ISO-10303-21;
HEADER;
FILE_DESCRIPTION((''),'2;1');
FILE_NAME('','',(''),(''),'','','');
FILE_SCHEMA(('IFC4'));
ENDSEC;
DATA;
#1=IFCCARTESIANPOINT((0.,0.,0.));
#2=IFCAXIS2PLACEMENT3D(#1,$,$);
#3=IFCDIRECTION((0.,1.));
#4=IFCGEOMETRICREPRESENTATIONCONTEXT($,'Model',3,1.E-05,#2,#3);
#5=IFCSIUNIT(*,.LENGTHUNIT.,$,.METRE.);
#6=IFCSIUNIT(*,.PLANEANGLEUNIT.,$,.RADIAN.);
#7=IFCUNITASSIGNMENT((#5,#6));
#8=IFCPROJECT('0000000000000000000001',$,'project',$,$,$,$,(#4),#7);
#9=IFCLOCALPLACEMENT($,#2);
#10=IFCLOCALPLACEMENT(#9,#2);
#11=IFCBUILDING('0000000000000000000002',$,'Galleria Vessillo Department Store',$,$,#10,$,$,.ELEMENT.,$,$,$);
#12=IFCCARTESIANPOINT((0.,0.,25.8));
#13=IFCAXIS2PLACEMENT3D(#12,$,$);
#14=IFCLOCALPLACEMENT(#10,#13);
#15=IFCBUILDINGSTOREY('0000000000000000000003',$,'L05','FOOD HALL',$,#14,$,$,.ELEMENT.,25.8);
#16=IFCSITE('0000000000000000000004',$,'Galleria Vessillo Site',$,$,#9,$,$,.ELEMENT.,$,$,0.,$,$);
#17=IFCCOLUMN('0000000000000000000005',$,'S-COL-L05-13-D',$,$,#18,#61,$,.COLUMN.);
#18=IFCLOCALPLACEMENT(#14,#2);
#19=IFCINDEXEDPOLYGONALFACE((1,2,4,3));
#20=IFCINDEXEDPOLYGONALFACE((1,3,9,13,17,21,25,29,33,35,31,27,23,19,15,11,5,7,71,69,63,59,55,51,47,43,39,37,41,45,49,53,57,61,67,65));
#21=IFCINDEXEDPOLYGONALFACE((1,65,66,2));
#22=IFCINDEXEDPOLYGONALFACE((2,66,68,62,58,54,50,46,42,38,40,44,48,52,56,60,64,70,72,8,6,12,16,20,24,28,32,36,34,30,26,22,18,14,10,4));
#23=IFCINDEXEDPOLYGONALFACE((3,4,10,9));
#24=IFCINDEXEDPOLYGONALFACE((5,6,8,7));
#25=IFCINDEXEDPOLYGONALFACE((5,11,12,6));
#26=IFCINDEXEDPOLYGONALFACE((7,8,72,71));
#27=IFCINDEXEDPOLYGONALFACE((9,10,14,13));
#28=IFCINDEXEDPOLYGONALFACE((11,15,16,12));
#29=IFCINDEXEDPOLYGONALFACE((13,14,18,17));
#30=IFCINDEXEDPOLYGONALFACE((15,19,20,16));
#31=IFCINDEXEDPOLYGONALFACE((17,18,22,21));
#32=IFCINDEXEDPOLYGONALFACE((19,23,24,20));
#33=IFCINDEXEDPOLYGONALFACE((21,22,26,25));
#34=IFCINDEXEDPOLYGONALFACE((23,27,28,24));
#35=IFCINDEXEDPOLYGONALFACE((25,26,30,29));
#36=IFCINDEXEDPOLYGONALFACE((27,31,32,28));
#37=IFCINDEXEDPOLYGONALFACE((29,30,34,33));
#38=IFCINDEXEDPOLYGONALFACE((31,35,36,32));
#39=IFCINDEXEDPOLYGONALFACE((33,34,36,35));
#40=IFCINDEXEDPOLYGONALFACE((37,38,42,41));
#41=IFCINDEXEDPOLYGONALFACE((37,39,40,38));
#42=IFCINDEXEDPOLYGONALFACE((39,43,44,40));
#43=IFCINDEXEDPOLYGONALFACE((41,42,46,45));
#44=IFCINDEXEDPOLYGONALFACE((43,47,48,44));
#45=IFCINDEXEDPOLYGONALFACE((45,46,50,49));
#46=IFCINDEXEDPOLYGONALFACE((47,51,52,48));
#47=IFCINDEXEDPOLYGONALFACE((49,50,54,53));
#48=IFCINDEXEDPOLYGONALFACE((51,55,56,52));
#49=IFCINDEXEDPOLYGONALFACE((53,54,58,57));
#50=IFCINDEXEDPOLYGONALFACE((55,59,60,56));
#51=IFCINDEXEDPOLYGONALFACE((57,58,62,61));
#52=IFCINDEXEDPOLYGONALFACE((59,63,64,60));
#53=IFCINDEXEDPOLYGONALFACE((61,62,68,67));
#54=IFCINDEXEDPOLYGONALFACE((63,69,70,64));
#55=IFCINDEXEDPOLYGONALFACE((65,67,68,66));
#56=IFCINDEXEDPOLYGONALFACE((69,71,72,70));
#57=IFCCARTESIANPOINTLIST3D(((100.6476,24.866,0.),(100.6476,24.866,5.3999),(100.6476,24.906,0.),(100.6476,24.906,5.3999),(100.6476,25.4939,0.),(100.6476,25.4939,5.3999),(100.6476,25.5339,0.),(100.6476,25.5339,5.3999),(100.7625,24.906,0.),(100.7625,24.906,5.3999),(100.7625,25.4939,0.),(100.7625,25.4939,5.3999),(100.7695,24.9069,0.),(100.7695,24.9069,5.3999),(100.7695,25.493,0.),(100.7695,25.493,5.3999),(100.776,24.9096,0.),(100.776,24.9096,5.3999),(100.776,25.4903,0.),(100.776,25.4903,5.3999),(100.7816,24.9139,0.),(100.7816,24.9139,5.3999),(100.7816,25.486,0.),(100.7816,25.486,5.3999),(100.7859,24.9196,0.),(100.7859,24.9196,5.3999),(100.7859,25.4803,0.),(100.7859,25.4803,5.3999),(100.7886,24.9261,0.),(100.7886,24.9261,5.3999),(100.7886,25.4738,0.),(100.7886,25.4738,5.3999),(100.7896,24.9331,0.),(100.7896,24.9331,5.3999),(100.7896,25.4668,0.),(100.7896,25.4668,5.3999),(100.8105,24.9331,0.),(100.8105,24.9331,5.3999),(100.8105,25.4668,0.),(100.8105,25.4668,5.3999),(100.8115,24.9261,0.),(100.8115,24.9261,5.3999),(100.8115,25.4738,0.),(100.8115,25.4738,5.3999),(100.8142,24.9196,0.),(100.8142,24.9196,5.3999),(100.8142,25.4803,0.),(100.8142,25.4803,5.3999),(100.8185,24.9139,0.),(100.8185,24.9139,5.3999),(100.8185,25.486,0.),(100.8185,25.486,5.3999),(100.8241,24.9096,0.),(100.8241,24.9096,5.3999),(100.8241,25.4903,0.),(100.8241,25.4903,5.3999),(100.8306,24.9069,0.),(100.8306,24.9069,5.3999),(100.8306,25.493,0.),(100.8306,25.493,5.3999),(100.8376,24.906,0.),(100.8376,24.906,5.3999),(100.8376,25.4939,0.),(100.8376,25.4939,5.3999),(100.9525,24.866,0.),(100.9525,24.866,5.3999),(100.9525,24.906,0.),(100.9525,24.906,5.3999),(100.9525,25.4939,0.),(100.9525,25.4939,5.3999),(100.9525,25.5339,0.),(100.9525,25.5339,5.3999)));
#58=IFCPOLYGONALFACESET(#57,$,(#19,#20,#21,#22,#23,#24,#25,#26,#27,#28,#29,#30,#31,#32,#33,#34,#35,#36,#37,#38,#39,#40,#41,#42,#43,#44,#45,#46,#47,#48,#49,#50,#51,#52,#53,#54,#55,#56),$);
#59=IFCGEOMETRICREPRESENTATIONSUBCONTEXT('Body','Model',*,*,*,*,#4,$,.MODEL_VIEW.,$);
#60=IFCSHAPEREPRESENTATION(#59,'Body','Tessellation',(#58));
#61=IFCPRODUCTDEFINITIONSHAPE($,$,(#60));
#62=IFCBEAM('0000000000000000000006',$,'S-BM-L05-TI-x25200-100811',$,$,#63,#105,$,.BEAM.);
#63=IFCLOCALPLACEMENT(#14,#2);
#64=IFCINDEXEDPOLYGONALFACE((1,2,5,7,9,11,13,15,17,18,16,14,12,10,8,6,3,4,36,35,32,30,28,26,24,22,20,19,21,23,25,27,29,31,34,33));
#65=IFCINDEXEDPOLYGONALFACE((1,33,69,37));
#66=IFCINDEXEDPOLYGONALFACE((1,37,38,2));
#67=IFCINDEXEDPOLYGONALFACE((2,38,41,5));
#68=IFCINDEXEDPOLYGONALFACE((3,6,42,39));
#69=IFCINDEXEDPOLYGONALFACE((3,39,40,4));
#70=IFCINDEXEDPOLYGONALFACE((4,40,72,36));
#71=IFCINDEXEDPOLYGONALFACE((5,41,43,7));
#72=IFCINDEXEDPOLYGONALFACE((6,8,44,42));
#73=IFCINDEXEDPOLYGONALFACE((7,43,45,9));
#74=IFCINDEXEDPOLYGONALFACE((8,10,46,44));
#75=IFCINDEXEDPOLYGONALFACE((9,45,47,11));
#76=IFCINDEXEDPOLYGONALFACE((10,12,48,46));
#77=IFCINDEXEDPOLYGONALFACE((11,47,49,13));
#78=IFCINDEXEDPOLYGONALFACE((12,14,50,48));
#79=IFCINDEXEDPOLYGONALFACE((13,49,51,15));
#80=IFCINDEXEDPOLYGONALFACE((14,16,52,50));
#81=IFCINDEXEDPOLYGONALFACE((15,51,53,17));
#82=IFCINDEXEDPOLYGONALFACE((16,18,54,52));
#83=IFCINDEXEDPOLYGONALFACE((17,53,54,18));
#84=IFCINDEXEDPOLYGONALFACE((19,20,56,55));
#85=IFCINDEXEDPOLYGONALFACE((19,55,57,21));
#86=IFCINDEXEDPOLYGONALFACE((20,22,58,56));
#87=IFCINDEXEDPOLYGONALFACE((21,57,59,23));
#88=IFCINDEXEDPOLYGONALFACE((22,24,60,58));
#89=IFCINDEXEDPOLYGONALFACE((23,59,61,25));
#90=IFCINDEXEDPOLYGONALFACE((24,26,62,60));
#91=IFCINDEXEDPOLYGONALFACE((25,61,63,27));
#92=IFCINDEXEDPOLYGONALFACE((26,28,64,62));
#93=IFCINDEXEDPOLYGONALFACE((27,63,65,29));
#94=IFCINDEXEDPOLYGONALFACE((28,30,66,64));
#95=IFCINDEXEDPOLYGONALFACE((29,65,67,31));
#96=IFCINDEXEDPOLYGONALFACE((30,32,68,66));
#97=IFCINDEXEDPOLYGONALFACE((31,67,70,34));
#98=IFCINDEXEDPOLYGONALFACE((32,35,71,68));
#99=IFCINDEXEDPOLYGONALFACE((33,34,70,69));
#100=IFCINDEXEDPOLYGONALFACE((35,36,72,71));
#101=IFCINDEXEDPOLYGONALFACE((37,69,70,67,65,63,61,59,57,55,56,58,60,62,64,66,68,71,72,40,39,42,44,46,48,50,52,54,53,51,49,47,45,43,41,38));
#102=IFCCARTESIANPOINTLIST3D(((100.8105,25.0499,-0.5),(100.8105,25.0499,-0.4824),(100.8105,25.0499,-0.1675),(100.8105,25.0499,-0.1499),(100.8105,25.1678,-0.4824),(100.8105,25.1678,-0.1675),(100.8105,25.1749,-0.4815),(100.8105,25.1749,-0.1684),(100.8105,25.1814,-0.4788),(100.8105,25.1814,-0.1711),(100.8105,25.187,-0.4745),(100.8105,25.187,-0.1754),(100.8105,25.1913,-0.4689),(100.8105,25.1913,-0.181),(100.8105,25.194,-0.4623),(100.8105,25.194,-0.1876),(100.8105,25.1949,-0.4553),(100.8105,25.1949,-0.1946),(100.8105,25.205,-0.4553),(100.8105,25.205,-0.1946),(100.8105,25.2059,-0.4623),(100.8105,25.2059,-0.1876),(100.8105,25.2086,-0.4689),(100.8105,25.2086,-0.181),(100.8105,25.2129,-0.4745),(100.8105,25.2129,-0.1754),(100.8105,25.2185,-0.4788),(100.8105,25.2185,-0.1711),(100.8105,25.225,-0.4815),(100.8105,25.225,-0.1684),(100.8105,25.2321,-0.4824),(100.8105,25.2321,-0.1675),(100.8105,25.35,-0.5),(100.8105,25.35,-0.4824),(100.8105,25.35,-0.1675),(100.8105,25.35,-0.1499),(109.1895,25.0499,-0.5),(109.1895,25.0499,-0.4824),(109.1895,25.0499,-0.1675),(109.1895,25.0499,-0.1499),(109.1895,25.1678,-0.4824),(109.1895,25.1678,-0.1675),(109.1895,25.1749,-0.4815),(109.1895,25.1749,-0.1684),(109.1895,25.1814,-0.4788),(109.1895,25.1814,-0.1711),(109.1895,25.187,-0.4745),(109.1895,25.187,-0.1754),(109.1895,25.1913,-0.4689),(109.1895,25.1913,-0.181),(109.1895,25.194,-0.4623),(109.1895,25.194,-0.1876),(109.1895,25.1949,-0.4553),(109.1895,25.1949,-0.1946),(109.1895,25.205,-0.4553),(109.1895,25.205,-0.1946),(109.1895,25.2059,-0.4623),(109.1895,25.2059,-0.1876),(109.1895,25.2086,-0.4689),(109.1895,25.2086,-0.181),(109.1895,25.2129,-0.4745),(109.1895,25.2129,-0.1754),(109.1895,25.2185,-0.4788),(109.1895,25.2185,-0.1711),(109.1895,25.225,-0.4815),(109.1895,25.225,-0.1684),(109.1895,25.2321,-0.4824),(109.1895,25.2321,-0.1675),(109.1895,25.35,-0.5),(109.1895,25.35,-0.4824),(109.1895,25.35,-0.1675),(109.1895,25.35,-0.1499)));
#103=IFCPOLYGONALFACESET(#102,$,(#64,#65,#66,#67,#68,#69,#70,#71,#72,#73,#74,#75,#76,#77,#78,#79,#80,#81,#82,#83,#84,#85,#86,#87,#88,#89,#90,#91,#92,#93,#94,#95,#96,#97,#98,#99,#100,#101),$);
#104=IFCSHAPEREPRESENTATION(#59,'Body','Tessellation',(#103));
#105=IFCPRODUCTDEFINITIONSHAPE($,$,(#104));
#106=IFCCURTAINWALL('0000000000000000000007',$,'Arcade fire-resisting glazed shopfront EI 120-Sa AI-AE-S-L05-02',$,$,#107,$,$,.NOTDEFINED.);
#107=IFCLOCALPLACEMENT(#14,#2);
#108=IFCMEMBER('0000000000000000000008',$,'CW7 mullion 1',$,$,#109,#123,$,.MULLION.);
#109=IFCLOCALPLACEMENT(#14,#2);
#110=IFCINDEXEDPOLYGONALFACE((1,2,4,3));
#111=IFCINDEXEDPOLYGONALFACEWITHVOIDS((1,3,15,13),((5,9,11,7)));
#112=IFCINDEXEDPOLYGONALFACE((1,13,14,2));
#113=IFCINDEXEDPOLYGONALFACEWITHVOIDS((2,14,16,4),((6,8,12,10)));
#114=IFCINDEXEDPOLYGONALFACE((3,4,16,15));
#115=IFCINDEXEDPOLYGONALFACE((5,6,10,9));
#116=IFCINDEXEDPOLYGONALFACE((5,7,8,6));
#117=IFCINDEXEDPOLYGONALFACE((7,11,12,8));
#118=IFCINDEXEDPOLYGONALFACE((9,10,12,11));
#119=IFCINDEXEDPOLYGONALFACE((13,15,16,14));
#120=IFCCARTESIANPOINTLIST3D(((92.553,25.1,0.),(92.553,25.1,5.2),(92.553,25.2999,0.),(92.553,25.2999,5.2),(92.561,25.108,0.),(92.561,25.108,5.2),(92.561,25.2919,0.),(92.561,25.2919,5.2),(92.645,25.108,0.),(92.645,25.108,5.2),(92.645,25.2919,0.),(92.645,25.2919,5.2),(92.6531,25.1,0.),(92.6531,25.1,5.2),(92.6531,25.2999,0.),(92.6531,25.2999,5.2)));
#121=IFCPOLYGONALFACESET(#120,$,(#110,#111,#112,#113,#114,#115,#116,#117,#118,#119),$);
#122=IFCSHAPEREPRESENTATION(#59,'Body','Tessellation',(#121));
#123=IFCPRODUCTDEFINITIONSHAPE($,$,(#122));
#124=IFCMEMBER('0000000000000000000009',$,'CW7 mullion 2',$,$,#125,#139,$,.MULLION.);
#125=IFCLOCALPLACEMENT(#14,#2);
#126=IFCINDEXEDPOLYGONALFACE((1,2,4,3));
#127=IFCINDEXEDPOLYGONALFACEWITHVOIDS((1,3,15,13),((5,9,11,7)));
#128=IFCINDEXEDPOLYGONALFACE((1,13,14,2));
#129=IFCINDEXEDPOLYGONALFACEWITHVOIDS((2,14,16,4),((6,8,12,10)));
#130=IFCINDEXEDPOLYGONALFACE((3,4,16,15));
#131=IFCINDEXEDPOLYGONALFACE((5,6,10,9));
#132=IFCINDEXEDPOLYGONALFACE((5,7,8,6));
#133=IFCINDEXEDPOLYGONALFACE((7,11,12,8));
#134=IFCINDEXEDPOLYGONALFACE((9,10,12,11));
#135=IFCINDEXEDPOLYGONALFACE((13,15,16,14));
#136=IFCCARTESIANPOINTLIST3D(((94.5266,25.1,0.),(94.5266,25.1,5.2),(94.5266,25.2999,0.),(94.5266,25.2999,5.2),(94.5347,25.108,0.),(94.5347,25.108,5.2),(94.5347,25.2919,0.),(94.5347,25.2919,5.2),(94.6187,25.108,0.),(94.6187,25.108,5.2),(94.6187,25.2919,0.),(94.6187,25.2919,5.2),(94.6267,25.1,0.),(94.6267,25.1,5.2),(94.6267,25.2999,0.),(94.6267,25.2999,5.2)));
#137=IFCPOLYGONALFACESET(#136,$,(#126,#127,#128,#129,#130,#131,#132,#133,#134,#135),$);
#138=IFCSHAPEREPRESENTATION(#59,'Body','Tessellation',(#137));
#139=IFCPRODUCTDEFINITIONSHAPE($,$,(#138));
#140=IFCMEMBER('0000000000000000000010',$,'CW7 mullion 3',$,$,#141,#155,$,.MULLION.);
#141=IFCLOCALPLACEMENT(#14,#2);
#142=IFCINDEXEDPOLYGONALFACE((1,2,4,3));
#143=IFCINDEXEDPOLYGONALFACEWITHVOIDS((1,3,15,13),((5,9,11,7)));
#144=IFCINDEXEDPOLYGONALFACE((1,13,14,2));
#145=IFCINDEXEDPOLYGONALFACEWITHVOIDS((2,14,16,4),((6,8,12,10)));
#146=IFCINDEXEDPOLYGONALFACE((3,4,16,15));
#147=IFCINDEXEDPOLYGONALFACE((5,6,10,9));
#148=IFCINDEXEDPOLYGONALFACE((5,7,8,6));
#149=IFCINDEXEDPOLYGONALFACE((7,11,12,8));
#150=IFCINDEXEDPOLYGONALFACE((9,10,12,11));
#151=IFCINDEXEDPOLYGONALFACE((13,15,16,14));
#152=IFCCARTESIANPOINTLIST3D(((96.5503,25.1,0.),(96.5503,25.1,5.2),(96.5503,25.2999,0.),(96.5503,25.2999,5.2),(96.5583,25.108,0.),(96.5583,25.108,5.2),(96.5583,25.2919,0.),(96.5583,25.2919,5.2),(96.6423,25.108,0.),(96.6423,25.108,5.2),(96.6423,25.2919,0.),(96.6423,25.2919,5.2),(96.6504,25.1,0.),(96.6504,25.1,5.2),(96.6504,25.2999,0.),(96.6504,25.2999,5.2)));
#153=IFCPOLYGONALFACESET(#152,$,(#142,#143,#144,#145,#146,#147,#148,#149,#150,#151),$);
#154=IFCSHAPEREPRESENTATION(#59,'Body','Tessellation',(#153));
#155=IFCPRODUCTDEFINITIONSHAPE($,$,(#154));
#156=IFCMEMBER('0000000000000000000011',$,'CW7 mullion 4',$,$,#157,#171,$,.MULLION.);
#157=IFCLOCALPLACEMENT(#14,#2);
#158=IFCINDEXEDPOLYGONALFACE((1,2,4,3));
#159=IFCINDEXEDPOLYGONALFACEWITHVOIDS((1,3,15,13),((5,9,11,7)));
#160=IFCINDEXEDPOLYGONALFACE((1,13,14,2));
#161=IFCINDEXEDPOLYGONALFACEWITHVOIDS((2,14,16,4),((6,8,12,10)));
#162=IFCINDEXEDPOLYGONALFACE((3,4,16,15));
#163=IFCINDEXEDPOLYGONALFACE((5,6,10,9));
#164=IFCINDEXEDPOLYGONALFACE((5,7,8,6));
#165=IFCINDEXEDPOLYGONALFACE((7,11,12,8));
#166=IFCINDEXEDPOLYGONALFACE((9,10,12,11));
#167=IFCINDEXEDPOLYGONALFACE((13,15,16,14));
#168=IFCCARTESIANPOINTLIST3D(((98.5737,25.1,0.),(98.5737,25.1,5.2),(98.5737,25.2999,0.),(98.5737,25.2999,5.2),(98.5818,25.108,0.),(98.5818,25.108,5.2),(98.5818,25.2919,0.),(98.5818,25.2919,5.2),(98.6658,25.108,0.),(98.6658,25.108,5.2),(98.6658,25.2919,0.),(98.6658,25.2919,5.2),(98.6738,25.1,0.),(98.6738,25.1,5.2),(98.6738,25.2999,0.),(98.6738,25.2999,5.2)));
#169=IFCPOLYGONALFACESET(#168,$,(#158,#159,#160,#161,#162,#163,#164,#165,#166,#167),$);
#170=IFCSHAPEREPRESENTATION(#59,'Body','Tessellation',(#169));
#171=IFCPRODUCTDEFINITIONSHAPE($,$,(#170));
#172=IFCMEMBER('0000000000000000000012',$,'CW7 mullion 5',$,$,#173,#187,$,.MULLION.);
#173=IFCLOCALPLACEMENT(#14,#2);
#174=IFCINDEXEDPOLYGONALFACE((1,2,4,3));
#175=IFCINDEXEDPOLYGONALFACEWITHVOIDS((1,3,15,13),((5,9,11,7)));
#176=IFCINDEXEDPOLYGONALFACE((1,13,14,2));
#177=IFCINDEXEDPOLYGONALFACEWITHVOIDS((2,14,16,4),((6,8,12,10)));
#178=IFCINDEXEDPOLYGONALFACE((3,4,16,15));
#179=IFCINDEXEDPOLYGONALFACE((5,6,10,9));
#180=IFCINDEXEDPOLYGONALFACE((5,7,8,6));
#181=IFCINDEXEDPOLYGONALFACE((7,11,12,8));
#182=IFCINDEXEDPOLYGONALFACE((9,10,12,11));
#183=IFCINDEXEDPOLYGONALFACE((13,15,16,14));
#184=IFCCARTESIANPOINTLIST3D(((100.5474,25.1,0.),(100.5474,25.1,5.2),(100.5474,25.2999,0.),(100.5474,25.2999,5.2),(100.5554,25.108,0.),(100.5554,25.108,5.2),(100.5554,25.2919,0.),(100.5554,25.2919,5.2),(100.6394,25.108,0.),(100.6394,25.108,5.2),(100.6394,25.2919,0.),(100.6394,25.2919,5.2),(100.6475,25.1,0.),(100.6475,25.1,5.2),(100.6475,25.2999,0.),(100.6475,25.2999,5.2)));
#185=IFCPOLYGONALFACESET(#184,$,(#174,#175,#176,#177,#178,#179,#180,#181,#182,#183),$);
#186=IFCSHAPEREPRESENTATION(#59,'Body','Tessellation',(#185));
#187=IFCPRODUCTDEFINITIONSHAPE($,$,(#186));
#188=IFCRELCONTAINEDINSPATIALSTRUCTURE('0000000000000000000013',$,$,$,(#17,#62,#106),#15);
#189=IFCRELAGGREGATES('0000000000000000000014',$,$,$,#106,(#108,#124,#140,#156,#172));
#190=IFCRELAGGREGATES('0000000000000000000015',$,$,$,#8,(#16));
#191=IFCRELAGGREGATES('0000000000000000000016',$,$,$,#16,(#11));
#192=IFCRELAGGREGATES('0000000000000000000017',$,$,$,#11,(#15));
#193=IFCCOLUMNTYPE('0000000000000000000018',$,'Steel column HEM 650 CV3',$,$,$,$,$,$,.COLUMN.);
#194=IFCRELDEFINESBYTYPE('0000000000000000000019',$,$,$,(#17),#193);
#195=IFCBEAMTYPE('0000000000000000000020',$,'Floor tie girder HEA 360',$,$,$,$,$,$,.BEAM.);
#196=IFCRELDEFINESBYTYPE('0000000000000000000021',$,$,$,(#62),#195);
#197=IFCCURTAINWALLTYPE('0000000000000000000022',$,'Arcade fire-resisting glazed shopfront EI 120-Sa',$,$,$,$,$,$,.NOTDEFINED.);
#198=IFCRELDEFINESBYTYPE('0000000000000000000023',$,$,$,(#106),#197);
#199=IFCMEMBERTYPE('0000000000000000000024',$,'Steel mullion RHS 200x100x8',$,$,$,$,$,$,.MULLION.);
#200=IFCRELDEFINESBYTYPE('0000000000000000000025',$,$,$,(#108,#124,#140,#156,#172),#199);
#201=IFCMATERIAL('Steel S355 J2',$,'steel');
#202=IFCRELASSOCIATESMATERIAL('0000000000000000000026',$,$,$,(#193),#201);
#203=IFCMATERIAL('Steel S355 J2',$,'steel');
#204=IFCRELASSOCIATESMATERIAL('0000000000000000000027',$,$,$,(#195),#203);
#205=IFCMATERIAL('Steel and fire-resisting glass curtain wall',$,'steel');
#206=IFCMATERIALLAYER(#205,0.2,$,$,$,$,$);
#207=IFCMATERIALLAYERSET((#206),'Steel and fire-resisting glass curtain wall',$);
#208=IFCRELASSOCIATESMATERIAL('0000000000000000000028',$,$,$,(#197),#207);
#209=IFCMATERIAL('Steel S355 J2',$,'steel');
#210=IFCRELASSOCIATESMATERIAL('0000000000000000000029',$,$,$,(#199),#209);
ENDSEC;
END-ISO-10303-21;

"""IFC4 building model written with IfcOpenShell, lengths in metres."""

from ifc_helpers import new_model, si_unit, direction, frame, origin, origin_2d, place, context, subcontext, project, spatial, hollow_rectangle, i_section, extrude, material, layer, layer_set, material_profile, profile_set, type_object, element, aggregate, save


model = new_model("IFC4")

# Units and contexts
model_context = context("Model", 3, precision=1e-05, world=origin(), true_north=direction((0.0, 1.0)))
body_context = subcontext(model_context, "Body", "Model", "MODEL_VIEW")
ifc_project = project(units=[si_unit("LENGTHUNIT", "METRE"), si_unit("PLANEANGLEUNIT", "RADIAN")], contexts=[model_context])

# Site, building, storey
site_placement = place(None, origin())
site = spatial("IfcSite", under=ifc_project, at=site_placement, Name="Galleria Vessillo Site", CompositionType="ELEMENT", RefElevation=0.0)
building_placement = place(site_placement, origin())
building = spatial("IfcBuilding", under=site, at=building_placement, Name="Galleria Vessillo Department Store", CompositionType="ELEMENT")
storey_placement = place(building_placement, frame((0.0, 0.0, 25.8)))
storey = spatial("IfcBuildingStorey", under=building, at=storey_placement, Name="L05", Description="FOOD HALL", CompositionType="ELEMENT", Elevation=25.8)

# Column
ifc_material_1 = material(Name="Steel S355 J2", Category="steel")
ifc_material_profile_1 = material_profile(ifc_material_1, i_section(OverallWidth=0.3049, OverallDepth=0.668, WebThickness=0.021, FlangeThickness=0.04, FilletRadius=0.0271, at=origin_2d()), Name="HEM 650")
ifc_profile_set_1 = profile_set([ifc_material_profile_1], Name="Steel S355 J2")
column_type = type_object("IfcColumnType", Name="Steel column HEM 650 CV3", PredefinedType="COLUMN", material=ifc_profile_set_1)
column_placement = place(storey_placement, frame((100.8, 25.2, 0.0), z_axis=(0.0, 0.0, 1.0), x_axis=(1.0, 0.0, 0.0)))
element("IfcColumn", 1, at=column_placement, inside=storey, type_object=column_type, Name="S-COL-L05-13-D", PredefinedType="COLUMN", context=body_context, shape_type="SweptSolid", body=[
    extrude(i_section(OverallWidth=0.3049, OverallDepth=0.668, WebThickness=0.021, FlangeThickness=0.04, FilletRadius=0.0271, at=origin_2d()), origin(), (0.0, 0.0, 1.0), 5.3999),
])

# Beam
ifc_material_2 = material(Name="Steel S355 J2", Category="steel")
ifc_material_profile_2 = material_profile(ifc_material_2, i_section(OverallWidth=0.3, OverallDepth=0.3501, WebThickness=0.01, FlangeThickness=0.0176, FilletRadius=0.0271, at=origin_2d()), Name="HEA 360")
ifc_profile_set_2 = profile_set([ifc_material_profile_2], Name="Steel S355 J2")
beam_type_1 = type_object("IfcBeamType", Name="Floor tie girder HEA 360", PredefinedType="BEAM", material=ifc_profile_set_2)
beam_1_placement = place(storey_placement, frame((100.8105, 25.2, -0.325), z_axis=(1.0, 0.0, 0.0), x_axis=(0.0, 1.0, 0.0)))
element("IfcBeam", 2, at=beam_1_placement, inside=storey, type_object=beam_type_1, Name="S-BM-L05-TI-x25200-100811", PredefinedType="BEAM", context=body_context, shape_type="SweptSolid", body=[
    extrude(i_section(OverallWidth=0.3, OverallDepth=0.3501, WebThickness=0.01, FlangeThickness=0.0176, FilletRadius=0.0271, at=origin_2d()), origin(), (0.0, 0.0, 1.0), 8.3789),
])

# Curtain wall, members
ifc_material_3 = material(Name="Steel and fire-resisting glass curtain wall", Category="steel")
ifc_layer_1 = layer(ifc_material_3, 0.2)
ifc_layer_set_1 = layer_set([ifc_layer_1], Name="Steel and fire-resisting glass curtain wall")
curtain_wall_type = type_object("IfcCurtainWallType", Name="Arcade fire-resisting glazed shopfront EI 120-Sa", PredefinedType="NOTDEFINED", material=ifc_layer_set_1)
curtain_wall_placement = place(storey_placement, origin())
curtain_wall = element("IfcCurtainWall", 3, at=curtain_wall_placement, inside=storey, type_object=curtain_wall_type, Name="Arcade fire-resisting glazed shopfront EI 120-Sa AI-AE-S-L05-02", PredefinedType="NOTDEFINED")
ifc_material_4 = material(Name="Steel S355 J2", Category="steel")
ifc_material_profile_3 = material_profile(ifc_material_4, hollow_rectangle(XDim=0.2, YDim=0.1001, WallThickness=0.0081, at=origin_2d()), Name="RHS 200x100x8")
ifc_profile_set_3 = profile_set([ifc_material_profile_3], Name="Steel S355 J2")
member_type_1 = type_object("IfcMemberType", Name="Steel mullion RHS 200x100x8", PredefinedType="MULLION", material=ifc_profile_set_3)
member_1_placement = place(storey_placement, frame((92.603, 25.2, 0.0), z_axis=(0.0, 0.0, 1.0), x_axis=(0.0, 1.0, 0.0)))
member_1 = element("IfcMember", 4, at=member_1_placement, type_object=member_type_1, Name="CW7 mullion 1", PredefinedType="MULLION", context=body_context, shape_type="SweptSolid", body=[
    extrude(hollow_rectangle(XDim=0.2, YDim=0.1001, WallThickness=0.0081, at=origin_2d()), origin(), (0.0, 0.0, 1.0), 5.2),
])
member_2_placement = place(storey_placement, frame((94.5767, 25.2, 0.0), z_axis=(0.0, 0.0, 1.0), x_axis=(0.0, 1.0, 0.0)))
member_2 = element("IfcMember", 5, at=member_2_placement, type_object=member_type_1, Name="CW7 mullion 2", PredefinedType="MULLION", context=body_context, shape_type="SweptSolid", body=[
    extrude(hollow_rectangle(XDim=0.2, YDim=0.1001, WallThickness=0.0081, at=origin_2d()), origin(), (0.0, 0.0, 1.0), 5.2),
])
member_3_placement = place(storey_placement, frame((96.6003, 25.2, 0.0), z_axis=(0.0, 0.0, 1.0), x_axis=(0.0, 1.0, 0.0)))
member_3 = element("IfcMember", 6, at=member_3_placement, type_object=member_type_1, Name="CW7 mullion 3", PredefinedType="MULLION", context=body_context, shape_type="SweptSolid", body=[
    extrude(hollow_rectangle(XDim=0.2, YDim=0.1001, WallThickness=0.0081, at=origin_2d()), origin(), (0.0, 0.0, 1.0), 5.2),
])
member_4_placement = place(storey_placement, frame((98.6238, 25.2, 0.0), z_axis=(0.0, 0.0, 1.0), x_axis=(0.0, 1.0, 0.0)))
member_4 = element("IfcMember", 7, at=member_4_placement, type_object=member_type_1, Name="CW7 mullion 4", PredefinedType="MULLION", context=body_context, shape_type="SweptSolid", body=[
    extrude(hollow_rectangle(XDim=0.2, YDim=0.1001, WallThickness=0.0081, at=origin_2d()), origin(), (0.0, 0.0, 1.0), 5.2),
])
member_5_placement = place(storey_placement, frame((100.5974, 25.2, 0.0), z_axis=(0.0, 0.0, 1.0), x_axis=(0.0, 1.0, 0.0)))
member_5 = element("IfcMember", 8, at=member_5_placement, type_object=member_type_1, Name="CW7 mullion 5", PredefinedType="MULLION", context=body_context, shape_type="SweptSolid", body=[
    extrude(hollow_rectangle(XDim=0.2, YDim=0.1001, WallThickness=0.0081, at=origin_2d()), origin(), (0.0, 0.0, 1.0), 5.2),
])

aggregate(curtain_wall, [member_1, member_2, member_3, member_4, member_5])

save(model, "model.ifc")
